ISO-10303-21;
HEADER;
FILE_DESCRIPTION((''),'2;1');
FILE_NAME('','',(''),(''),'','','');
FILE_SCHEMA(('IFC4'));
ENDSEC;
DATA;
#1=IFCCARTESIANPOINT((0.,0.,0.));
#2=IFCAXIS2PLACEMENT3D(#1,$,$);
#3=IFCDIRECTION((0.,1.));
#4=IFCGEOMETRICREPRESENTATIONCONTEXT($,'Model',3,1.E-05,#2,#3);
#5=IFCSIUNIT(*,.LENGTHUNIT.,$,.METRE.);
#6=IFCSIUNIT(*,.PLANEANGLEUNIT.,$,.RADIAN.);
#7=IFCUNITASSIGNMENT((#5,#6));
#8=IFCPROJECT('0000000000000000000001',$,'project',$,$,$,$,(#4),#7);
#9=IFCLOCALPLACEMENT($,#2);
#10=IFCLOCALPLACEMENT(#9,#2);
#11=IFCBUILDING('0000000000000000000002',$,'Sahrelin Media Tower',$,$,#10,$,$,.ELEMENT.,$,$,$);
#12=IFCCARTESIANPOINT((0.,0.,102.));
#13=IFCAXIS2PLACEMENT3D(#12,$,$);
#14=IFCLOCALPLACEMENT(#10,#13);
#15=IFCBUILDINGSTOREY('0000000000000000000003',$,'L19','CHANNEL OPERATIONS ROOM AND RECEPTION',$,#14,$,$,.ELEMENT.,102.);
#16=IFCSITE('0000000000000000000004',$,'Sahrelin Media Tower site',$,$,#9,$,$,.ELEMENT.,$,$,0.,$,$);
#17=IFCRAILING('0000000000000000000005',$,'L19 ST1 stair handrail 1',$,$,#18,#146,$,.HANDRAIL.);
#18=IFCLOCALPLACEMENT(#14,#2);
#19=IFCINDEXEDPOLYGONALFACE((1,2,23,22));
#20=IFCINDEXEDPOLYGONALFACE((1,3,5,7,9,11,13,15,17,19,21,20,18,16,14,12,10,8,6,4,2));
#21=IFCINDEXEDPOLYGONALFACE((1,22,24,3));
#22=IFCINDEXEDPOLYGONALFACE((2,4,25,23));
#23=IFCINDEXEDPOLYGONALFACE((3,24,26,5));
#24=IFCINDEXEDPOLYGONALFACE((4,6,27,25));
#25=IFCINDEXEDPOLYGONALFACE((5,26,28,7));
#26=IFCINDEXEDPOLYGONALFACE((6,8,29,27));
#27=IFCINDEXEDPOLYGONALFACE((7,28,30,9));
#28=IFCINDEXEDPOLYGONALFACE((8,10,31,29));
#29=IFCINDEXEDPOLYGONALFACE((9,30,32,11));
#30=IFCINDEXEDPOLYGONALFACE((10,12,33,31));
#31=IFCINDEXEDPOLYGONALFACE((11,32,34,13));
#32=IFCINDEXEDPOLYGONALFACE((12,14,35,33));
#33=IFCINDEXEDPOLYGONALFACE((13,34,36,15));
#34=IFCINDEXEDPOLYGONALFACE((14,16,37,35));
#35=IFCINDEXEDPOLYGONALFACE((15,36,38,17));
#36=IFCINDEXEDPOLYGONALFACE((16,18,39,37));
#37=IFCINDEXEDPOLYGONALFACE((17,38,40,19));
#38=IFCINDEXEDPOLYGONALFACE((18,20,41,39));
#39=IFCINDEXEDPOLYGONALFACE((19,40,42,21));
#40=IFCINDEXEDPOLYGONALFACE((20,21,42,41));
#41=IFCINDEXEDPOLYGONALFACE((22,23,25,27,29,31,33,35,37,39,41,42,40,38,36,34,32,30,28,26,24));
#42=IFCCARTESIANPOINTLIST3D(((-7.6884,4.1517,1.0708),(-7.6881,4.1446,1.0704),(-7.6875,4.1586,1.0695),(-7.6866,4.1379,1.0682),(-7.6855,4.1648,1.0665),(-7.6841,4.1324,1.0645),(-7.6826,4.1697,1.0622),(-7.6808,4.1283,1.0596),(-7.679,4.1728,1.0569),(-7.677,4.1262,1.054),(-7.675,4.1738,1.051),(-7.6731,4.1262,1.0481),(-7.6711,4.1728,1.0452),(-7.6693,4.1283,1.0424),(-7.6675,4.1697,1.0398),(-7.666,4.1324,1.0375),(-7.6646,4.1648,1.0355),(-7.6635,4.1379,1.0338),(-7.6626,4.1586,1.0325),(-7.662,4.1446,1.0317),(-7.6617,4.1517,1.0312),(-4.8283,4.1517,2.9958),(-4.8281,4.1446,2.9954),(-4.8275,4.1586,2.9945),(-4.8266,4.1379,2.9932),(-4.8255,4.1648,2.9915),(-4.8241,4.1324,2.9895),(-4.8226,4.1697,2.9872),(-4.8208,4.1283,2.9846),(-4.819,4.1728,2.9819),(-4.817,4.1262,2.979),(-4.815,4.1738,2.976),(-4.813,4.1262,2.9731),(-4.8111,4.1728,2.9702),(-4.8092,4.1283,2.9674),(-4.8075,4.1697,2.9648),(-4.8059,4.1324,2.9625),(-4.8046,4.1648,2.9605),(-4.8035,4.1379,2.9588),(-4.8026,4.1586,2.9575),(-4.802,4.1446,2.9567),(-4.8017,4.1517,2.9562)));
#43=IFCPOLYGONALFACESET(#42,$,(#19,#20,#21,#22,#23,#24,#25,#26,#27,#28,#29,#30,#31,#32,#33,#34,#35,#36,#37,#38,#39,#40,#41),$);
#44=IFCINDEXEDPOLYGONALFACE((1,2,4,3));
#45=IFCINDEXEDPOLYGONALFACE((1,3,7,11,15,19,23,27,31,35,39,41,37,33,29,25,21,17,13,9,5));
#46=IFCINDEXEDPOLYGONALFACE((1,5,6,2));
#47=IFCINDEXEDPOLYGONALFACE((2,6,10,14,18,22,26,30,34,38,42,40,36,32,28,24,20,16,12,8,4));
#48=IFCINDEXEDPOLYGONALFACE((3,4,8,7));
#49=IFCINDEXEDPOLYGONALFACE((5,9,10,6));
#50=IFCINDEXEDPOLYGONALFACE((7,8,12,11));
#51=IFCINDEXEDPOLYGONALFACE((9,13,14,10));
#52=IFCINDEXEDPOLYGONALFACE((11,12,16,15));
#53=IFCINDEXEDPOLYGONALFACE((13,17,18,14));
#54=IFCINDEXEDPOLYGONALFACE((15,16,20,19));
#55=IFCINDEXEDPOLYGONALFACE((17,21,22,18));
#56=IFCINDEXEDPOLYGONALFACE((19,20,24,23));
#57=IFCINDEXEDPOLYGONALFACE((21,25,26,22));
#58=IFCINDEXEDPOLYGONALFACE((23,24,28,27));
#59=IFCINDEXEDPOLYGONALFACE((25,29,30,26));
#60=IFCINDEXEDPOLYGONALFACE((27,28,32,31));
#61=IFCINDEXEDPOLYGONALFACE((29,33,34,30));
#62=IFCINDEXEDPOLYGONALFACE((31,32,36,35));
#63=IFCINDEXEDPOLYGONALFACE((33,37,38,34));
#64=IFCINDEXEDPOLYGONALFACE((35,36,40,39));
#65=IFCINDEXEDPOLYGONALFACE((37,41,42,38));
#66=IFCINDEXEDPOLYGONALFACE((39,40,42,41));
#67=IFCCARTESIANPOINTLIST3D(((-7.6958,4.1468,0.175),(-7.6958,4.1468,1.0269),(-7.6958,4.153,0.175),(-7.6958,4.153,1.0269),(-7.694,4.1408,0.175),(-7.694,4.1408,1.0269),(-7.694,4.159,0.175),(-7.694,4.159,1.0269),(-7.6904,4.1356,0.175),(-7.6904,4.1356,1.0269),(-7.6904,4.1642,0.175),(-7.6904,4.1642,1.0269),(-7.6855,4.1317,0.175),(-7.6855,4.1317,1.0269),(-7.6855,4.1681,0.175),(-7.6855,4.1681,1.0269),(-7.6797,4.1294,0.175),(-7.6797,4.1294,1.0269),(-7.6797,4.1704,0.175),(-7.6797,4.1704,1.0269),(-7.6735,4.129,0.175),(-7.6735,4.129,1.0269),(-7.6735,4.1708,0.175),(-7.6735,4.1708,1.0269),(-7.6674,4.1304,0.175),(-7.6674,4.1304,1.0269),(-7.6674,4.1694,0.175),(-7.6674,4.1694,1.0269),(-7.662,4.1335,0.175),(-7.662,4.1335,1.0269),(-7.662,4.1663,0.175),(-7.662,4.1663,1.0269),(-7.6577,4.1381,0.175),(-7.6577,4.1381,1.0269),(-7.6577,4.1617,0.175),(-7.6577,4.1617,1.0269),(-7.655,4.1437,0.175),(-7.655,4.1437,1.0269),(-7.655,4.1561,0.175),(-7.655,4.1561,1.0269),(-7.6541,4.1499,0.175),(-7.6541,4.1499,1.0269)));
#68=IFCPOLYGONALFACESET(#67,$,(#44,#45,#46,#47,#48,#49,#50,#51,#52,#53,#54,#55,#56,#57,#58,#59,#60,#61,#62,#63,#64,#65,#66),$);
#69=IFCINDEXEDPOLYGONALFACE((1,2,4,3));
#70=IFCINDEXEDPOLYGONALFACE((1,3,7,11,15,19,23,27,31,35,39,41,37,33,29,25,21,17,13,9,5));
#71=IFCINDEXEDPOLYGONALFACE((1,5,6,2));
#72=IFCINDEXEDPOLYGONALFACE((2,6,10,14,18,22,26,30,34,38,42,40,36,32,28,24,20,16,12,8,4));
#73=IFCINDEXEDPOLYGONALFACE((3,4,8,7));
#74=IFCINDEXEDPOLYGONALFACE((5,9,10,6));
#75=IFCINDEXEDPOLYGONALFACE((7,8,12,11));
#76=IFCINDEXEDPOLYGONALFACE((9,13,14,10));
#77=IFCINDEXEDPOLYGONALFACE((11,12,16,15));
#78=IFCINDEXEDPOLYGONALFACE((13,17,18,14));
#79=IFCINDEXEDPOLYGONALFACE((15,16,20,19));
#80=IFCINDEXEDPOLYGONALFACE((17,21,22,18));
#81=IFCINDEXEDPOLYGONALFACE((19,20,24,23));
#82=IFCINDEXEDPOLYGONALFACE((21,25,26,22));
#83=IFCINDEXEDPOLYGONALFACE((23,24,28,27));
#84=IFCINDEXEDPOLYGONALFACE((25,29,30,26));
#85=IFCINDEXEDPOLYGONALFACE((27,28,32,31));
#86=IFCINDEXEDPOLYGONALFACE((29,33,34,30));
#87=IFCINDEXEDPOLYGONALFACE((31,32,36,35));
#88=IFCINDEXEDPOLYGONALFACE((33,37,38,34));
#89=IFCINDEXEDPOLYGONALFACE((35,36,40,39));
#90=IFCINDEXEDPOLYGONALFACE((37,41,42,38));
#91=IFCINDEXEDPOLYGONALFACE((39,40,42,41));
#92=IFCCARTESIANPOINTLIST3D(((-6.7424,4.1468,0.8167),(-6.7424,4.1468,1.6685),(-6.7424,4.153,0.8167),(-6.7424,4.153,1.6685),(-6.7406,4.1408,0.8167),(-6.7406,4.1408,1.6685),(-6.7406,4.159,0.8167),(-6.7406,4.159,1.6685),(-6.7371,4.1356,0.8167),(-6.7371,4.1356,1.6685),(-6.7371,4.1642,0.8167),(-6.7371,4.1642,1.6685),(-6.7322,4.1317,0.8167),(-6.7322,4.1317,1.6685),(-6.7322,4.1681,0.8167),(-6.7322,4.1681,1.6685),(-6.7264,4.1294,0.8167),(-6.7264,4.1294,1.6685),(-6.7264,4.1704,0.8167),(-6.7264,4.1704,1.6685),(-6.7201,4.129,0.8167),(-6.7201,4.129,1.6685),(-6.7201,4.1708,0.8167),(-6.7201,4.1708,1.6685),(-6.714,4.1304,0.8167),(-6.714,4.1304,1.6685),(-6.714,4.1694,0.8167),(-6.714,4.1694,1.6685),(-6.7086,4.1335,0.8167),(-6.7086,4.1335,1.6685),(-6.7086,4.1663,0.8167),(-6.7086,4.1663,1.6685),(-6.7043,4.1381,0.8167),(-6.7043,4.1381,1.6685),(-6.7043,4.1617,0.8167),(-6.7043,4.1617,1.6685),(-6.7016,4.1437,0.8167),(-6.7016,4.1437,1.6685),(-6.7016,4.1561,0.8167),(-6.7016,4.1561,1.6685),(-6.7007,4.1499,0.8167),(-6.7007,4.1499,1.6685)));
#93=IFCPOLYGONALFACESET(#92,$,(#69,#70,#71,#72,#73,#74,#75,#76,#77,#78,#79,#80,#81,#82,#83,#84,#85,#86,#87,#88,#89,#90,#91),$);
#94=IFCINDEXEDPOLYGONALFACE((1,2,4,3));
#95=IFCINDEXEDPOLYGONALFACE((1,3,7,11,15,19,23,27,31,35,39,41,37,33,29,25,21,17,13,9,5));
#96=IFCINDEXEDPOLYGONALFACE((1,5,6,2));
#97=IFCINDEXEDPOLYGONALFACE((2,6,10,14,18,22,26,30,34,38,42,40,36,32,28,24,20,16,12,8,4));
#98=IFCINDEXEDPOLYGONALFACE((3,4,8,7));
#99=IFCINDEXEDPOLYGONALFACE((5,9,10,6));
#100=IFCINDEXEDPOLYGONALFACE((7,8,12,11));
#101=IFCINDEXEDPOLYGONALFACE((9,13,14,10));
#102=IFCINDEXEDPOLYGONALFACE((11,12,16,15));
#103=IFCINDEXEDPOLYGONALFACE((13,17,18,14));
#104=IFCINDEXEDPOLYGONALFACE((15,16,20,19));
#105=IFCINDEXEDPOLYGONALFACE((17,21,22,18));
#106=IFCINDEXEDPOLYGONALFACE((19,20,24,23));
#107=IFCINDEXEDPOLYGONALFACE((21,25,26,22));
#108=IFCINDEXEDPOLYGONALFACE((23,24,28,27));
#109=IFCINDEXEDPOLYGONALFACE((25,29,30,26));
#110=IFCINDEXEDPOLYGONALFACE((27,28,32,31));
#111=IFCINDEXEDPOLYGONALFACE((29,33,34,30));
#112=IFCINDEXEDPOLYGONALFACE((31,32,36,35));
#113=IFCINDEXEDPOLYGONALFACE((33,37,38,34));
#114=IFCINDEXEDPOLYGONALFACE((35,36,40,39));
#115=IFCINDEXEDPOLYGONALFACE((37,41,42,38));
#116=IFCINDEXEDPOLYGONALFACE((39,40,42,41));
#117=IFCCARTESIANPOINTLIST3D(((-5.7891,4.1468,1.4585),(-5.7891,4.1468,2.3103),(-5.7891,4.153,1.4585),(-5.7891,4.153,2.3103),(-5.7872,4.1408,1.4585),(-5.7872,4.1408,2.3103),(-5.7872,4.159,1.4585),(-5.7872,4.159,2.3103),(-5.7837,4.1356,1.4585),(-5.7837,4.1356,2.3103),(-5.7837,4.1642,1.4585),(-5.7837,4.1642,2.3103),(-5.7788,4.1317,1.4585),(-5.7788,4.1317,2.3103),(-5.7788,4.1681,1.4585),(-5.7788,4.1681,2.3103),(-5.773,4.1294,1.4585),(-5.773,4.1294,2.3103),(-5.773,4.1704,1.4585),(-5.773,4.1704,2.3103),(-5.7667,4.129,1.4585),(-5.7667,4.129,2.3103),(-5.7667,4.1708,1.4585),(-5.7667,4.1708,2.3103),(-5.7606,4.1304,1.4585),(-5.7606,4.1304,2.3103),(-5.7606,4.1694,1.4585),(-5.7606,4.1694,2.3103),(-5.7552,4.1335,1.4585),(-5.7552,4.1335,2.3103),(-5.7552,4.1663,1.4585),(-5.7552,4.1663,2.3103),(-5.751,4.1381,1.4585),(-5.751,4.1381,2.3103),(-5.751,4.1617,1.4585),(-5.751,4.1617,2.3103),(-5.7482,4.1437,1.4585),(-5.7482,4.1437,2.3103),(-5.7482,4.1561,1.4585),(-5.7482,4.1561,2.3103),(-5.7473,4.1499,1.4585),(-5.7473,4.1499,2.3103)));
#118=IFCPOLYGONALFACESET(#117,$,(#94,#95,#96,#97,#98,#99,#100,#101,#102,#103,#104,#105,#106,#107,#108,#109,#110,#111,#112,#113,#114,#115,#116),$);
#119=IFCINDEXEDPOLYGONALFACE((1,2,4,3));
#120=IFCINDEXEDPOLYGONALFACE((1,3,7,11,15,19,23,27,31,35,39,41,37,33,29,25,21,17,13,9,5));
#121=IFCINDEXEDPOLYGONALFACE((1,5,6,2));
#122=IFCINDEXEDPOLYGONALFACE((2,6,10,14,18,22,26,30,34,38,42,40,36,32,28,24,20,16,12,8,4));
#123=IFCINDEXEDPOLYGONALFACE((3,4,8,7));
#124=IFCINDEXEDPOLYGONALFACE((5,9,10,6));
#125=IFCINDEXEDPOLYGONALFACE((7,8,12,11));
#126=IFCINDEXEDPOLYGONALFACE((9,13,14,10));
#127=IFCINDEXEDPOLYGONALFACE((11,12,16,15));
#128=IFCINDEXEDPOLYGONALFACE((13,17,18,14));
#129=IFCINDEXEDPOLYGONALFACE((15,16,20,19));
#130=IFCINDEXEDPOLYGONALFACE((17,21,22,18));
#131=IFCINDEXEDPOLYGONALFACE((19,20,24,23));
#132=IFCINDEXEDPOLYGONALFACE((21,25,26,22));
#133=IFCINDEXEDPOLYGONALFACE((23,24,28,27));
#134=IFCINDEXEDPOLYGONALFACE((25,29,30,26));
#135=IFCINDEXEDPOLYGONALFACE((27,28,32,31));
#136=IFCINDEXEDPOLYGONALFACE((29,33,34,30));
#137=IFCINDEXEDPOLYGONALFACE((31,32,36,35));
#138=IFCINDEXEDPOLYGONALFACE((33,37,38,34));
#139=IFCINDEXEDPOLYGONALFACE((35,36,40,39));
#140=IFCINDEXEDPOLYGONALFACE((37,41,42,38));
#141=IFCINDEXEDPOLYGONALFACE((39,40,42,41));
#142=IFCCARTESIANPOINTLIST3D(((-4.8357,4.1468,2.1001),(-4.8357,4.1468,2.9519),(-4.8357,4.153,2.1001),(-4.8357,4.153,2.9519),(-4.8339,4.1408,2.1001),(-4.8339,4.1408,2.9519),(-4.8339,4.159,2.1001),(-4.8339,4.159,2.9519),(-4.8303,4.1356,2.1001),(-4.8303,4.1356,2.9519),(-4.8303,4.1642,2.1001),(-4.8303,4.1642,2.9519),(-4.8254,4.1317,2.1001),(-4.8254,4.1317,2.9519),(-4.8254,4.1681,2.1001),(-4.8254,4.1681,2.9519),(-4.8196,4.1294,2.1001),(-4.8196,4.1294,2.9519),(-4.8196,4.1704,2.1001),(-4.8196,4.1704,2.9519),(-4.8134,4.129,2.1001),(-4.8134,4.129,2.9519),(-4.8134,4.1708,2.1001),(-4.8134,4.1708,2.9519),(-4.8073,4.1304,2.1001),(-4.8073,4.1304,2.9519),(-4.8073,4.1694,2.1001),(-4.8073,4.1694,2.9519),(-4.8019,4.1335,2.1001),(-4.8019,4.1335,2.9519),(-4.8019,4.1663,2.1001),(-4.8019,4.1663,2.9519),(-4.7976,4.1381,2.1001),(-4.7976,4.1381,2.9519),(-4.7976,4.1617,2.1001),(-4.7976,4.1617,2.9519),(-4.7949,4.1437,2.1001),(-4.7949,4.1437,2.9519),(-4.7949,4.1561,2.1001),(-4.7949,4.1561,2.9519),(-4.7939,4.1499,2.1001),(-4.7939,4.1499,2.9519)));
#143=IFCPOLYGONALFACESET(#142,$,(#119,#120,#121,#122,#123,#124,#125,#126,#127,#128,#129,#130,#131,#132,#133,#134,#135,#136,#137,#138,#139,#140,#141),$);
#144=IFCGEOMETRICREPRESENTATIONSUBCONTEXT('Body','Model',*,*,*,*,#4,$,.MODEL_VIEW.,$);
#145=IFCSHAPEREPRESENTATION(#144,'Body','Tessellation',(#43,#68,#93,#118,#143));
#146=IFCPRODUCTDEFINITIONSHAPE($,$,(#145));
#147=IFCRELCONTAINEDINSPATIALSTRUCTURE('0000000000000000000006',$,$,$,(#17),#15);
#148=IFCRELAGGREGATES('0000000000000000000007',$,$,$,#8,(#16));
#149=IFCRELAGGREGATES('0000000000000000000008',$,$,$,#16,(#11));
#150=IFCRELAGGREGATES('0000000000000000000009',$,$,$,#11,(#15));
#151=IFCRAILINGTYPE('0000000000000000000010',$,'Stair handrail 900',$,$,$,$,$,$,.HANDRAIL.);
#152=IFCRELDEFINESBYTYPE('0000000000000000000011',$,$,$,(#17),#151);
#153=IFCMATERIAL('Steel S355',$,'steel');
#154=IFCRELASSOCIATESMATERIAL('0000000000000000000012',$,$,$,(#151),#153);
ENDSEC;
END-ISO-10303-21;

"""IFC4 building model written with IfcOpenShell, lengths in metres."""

from ifc_helpers import new_model, si_unit, direction, frame, origin, origin_2d, place, context, subcontext, project, spatial, circle, extrude, material, type_object, element, save


model = new_model("IFC4")

# Units and contexts
model_context = context("Model", 3, precision=1e-05, world=origin(), true_north=direction((0.0, 1.0)))
body_context = subcontext(model_context, "Body", "Model", "MODEL_VIEW")
ifc_project = project(units=[si_unit("LENGTHUNIT", "METRE"), si_unit("PLANEANGLEUNIT", "RADIAN")], contexts=[model_context])

# Site, building, storey
site_placement = place(None, origin())
site = spatial("IfcSite", under=ifc_project, at=site_placement, Name="Sahrelin Media Tower site", CompositionType="ELEMENT", RefElevation=0.0)
building_placement = place(site_placement, origin())
building = spatial("IfcBuilding", under=site, at=building_placement, Name="Sahrelin Media Tower", CompositionType="ELEMENT")
storey_placement = place(building_placement, frame((0.0, 0.0, 102.0)))
storey = spatial("IfcBuildingStorey", under=building, at=storey_placement, Name="L19", Description="CHANNEL OPERATIONS ROOM AND RECEPTION", CompositionType="ELEMENT", Elevation=102.0)

# Shared definitions
ifc_material_1 = material(Name="Steel S355", Category="steel")

# Railing
railing_type_1 = type_object("IfcRailingType", Name="Stair handrail 900", PredefinedType="HANDRAIL", material=ifc_material_1)
railing_1_placement = place(storey_placement, frame((-7.675, 4.1499, 0.175)))
element("IfcRailing", 1, at=railing_1_placement, inside=storey, type_object=railing_type_1, Name="L19 ST1 stair handrail 1", PredefinedType="HANDRAIL", context=body_context, shape_type="SweptSolid", body=[
    extrude(circle(Radius=0.0239, at=origin_2d()), frame((0.0, 0.0, 0.876), z_axis=(0.829591, 0.0, 0.558372), x_axis=(0.0, 1.0, 0.0)), (0.0, 0.0, 1.0), 3.4475),
    extrude(circle(Radius=0.021, at=origin_2d()), origin(), (0.0, 0.0, 1.0), 0.8518),
    extrude(circle(Radius=0.021, at=origin_2d()), frame((0.9534, 0.0, 0.6416)), (0.0, 0.0, 1.0), 0.8518),
    extrude(circle(Radius=0.021, at=origin_2d()), frame((1.9067, 0.0, 1.2834)), (0.0, 0.0, 1.0), 0.8518),
    extrude(circle(Radius=0.021, at=origin_2d()), frame((2.8601, 0.0, 1.925)), (0.0, 0.0, 1.0), 0.8518),
])

save(model, "model.ifc")
